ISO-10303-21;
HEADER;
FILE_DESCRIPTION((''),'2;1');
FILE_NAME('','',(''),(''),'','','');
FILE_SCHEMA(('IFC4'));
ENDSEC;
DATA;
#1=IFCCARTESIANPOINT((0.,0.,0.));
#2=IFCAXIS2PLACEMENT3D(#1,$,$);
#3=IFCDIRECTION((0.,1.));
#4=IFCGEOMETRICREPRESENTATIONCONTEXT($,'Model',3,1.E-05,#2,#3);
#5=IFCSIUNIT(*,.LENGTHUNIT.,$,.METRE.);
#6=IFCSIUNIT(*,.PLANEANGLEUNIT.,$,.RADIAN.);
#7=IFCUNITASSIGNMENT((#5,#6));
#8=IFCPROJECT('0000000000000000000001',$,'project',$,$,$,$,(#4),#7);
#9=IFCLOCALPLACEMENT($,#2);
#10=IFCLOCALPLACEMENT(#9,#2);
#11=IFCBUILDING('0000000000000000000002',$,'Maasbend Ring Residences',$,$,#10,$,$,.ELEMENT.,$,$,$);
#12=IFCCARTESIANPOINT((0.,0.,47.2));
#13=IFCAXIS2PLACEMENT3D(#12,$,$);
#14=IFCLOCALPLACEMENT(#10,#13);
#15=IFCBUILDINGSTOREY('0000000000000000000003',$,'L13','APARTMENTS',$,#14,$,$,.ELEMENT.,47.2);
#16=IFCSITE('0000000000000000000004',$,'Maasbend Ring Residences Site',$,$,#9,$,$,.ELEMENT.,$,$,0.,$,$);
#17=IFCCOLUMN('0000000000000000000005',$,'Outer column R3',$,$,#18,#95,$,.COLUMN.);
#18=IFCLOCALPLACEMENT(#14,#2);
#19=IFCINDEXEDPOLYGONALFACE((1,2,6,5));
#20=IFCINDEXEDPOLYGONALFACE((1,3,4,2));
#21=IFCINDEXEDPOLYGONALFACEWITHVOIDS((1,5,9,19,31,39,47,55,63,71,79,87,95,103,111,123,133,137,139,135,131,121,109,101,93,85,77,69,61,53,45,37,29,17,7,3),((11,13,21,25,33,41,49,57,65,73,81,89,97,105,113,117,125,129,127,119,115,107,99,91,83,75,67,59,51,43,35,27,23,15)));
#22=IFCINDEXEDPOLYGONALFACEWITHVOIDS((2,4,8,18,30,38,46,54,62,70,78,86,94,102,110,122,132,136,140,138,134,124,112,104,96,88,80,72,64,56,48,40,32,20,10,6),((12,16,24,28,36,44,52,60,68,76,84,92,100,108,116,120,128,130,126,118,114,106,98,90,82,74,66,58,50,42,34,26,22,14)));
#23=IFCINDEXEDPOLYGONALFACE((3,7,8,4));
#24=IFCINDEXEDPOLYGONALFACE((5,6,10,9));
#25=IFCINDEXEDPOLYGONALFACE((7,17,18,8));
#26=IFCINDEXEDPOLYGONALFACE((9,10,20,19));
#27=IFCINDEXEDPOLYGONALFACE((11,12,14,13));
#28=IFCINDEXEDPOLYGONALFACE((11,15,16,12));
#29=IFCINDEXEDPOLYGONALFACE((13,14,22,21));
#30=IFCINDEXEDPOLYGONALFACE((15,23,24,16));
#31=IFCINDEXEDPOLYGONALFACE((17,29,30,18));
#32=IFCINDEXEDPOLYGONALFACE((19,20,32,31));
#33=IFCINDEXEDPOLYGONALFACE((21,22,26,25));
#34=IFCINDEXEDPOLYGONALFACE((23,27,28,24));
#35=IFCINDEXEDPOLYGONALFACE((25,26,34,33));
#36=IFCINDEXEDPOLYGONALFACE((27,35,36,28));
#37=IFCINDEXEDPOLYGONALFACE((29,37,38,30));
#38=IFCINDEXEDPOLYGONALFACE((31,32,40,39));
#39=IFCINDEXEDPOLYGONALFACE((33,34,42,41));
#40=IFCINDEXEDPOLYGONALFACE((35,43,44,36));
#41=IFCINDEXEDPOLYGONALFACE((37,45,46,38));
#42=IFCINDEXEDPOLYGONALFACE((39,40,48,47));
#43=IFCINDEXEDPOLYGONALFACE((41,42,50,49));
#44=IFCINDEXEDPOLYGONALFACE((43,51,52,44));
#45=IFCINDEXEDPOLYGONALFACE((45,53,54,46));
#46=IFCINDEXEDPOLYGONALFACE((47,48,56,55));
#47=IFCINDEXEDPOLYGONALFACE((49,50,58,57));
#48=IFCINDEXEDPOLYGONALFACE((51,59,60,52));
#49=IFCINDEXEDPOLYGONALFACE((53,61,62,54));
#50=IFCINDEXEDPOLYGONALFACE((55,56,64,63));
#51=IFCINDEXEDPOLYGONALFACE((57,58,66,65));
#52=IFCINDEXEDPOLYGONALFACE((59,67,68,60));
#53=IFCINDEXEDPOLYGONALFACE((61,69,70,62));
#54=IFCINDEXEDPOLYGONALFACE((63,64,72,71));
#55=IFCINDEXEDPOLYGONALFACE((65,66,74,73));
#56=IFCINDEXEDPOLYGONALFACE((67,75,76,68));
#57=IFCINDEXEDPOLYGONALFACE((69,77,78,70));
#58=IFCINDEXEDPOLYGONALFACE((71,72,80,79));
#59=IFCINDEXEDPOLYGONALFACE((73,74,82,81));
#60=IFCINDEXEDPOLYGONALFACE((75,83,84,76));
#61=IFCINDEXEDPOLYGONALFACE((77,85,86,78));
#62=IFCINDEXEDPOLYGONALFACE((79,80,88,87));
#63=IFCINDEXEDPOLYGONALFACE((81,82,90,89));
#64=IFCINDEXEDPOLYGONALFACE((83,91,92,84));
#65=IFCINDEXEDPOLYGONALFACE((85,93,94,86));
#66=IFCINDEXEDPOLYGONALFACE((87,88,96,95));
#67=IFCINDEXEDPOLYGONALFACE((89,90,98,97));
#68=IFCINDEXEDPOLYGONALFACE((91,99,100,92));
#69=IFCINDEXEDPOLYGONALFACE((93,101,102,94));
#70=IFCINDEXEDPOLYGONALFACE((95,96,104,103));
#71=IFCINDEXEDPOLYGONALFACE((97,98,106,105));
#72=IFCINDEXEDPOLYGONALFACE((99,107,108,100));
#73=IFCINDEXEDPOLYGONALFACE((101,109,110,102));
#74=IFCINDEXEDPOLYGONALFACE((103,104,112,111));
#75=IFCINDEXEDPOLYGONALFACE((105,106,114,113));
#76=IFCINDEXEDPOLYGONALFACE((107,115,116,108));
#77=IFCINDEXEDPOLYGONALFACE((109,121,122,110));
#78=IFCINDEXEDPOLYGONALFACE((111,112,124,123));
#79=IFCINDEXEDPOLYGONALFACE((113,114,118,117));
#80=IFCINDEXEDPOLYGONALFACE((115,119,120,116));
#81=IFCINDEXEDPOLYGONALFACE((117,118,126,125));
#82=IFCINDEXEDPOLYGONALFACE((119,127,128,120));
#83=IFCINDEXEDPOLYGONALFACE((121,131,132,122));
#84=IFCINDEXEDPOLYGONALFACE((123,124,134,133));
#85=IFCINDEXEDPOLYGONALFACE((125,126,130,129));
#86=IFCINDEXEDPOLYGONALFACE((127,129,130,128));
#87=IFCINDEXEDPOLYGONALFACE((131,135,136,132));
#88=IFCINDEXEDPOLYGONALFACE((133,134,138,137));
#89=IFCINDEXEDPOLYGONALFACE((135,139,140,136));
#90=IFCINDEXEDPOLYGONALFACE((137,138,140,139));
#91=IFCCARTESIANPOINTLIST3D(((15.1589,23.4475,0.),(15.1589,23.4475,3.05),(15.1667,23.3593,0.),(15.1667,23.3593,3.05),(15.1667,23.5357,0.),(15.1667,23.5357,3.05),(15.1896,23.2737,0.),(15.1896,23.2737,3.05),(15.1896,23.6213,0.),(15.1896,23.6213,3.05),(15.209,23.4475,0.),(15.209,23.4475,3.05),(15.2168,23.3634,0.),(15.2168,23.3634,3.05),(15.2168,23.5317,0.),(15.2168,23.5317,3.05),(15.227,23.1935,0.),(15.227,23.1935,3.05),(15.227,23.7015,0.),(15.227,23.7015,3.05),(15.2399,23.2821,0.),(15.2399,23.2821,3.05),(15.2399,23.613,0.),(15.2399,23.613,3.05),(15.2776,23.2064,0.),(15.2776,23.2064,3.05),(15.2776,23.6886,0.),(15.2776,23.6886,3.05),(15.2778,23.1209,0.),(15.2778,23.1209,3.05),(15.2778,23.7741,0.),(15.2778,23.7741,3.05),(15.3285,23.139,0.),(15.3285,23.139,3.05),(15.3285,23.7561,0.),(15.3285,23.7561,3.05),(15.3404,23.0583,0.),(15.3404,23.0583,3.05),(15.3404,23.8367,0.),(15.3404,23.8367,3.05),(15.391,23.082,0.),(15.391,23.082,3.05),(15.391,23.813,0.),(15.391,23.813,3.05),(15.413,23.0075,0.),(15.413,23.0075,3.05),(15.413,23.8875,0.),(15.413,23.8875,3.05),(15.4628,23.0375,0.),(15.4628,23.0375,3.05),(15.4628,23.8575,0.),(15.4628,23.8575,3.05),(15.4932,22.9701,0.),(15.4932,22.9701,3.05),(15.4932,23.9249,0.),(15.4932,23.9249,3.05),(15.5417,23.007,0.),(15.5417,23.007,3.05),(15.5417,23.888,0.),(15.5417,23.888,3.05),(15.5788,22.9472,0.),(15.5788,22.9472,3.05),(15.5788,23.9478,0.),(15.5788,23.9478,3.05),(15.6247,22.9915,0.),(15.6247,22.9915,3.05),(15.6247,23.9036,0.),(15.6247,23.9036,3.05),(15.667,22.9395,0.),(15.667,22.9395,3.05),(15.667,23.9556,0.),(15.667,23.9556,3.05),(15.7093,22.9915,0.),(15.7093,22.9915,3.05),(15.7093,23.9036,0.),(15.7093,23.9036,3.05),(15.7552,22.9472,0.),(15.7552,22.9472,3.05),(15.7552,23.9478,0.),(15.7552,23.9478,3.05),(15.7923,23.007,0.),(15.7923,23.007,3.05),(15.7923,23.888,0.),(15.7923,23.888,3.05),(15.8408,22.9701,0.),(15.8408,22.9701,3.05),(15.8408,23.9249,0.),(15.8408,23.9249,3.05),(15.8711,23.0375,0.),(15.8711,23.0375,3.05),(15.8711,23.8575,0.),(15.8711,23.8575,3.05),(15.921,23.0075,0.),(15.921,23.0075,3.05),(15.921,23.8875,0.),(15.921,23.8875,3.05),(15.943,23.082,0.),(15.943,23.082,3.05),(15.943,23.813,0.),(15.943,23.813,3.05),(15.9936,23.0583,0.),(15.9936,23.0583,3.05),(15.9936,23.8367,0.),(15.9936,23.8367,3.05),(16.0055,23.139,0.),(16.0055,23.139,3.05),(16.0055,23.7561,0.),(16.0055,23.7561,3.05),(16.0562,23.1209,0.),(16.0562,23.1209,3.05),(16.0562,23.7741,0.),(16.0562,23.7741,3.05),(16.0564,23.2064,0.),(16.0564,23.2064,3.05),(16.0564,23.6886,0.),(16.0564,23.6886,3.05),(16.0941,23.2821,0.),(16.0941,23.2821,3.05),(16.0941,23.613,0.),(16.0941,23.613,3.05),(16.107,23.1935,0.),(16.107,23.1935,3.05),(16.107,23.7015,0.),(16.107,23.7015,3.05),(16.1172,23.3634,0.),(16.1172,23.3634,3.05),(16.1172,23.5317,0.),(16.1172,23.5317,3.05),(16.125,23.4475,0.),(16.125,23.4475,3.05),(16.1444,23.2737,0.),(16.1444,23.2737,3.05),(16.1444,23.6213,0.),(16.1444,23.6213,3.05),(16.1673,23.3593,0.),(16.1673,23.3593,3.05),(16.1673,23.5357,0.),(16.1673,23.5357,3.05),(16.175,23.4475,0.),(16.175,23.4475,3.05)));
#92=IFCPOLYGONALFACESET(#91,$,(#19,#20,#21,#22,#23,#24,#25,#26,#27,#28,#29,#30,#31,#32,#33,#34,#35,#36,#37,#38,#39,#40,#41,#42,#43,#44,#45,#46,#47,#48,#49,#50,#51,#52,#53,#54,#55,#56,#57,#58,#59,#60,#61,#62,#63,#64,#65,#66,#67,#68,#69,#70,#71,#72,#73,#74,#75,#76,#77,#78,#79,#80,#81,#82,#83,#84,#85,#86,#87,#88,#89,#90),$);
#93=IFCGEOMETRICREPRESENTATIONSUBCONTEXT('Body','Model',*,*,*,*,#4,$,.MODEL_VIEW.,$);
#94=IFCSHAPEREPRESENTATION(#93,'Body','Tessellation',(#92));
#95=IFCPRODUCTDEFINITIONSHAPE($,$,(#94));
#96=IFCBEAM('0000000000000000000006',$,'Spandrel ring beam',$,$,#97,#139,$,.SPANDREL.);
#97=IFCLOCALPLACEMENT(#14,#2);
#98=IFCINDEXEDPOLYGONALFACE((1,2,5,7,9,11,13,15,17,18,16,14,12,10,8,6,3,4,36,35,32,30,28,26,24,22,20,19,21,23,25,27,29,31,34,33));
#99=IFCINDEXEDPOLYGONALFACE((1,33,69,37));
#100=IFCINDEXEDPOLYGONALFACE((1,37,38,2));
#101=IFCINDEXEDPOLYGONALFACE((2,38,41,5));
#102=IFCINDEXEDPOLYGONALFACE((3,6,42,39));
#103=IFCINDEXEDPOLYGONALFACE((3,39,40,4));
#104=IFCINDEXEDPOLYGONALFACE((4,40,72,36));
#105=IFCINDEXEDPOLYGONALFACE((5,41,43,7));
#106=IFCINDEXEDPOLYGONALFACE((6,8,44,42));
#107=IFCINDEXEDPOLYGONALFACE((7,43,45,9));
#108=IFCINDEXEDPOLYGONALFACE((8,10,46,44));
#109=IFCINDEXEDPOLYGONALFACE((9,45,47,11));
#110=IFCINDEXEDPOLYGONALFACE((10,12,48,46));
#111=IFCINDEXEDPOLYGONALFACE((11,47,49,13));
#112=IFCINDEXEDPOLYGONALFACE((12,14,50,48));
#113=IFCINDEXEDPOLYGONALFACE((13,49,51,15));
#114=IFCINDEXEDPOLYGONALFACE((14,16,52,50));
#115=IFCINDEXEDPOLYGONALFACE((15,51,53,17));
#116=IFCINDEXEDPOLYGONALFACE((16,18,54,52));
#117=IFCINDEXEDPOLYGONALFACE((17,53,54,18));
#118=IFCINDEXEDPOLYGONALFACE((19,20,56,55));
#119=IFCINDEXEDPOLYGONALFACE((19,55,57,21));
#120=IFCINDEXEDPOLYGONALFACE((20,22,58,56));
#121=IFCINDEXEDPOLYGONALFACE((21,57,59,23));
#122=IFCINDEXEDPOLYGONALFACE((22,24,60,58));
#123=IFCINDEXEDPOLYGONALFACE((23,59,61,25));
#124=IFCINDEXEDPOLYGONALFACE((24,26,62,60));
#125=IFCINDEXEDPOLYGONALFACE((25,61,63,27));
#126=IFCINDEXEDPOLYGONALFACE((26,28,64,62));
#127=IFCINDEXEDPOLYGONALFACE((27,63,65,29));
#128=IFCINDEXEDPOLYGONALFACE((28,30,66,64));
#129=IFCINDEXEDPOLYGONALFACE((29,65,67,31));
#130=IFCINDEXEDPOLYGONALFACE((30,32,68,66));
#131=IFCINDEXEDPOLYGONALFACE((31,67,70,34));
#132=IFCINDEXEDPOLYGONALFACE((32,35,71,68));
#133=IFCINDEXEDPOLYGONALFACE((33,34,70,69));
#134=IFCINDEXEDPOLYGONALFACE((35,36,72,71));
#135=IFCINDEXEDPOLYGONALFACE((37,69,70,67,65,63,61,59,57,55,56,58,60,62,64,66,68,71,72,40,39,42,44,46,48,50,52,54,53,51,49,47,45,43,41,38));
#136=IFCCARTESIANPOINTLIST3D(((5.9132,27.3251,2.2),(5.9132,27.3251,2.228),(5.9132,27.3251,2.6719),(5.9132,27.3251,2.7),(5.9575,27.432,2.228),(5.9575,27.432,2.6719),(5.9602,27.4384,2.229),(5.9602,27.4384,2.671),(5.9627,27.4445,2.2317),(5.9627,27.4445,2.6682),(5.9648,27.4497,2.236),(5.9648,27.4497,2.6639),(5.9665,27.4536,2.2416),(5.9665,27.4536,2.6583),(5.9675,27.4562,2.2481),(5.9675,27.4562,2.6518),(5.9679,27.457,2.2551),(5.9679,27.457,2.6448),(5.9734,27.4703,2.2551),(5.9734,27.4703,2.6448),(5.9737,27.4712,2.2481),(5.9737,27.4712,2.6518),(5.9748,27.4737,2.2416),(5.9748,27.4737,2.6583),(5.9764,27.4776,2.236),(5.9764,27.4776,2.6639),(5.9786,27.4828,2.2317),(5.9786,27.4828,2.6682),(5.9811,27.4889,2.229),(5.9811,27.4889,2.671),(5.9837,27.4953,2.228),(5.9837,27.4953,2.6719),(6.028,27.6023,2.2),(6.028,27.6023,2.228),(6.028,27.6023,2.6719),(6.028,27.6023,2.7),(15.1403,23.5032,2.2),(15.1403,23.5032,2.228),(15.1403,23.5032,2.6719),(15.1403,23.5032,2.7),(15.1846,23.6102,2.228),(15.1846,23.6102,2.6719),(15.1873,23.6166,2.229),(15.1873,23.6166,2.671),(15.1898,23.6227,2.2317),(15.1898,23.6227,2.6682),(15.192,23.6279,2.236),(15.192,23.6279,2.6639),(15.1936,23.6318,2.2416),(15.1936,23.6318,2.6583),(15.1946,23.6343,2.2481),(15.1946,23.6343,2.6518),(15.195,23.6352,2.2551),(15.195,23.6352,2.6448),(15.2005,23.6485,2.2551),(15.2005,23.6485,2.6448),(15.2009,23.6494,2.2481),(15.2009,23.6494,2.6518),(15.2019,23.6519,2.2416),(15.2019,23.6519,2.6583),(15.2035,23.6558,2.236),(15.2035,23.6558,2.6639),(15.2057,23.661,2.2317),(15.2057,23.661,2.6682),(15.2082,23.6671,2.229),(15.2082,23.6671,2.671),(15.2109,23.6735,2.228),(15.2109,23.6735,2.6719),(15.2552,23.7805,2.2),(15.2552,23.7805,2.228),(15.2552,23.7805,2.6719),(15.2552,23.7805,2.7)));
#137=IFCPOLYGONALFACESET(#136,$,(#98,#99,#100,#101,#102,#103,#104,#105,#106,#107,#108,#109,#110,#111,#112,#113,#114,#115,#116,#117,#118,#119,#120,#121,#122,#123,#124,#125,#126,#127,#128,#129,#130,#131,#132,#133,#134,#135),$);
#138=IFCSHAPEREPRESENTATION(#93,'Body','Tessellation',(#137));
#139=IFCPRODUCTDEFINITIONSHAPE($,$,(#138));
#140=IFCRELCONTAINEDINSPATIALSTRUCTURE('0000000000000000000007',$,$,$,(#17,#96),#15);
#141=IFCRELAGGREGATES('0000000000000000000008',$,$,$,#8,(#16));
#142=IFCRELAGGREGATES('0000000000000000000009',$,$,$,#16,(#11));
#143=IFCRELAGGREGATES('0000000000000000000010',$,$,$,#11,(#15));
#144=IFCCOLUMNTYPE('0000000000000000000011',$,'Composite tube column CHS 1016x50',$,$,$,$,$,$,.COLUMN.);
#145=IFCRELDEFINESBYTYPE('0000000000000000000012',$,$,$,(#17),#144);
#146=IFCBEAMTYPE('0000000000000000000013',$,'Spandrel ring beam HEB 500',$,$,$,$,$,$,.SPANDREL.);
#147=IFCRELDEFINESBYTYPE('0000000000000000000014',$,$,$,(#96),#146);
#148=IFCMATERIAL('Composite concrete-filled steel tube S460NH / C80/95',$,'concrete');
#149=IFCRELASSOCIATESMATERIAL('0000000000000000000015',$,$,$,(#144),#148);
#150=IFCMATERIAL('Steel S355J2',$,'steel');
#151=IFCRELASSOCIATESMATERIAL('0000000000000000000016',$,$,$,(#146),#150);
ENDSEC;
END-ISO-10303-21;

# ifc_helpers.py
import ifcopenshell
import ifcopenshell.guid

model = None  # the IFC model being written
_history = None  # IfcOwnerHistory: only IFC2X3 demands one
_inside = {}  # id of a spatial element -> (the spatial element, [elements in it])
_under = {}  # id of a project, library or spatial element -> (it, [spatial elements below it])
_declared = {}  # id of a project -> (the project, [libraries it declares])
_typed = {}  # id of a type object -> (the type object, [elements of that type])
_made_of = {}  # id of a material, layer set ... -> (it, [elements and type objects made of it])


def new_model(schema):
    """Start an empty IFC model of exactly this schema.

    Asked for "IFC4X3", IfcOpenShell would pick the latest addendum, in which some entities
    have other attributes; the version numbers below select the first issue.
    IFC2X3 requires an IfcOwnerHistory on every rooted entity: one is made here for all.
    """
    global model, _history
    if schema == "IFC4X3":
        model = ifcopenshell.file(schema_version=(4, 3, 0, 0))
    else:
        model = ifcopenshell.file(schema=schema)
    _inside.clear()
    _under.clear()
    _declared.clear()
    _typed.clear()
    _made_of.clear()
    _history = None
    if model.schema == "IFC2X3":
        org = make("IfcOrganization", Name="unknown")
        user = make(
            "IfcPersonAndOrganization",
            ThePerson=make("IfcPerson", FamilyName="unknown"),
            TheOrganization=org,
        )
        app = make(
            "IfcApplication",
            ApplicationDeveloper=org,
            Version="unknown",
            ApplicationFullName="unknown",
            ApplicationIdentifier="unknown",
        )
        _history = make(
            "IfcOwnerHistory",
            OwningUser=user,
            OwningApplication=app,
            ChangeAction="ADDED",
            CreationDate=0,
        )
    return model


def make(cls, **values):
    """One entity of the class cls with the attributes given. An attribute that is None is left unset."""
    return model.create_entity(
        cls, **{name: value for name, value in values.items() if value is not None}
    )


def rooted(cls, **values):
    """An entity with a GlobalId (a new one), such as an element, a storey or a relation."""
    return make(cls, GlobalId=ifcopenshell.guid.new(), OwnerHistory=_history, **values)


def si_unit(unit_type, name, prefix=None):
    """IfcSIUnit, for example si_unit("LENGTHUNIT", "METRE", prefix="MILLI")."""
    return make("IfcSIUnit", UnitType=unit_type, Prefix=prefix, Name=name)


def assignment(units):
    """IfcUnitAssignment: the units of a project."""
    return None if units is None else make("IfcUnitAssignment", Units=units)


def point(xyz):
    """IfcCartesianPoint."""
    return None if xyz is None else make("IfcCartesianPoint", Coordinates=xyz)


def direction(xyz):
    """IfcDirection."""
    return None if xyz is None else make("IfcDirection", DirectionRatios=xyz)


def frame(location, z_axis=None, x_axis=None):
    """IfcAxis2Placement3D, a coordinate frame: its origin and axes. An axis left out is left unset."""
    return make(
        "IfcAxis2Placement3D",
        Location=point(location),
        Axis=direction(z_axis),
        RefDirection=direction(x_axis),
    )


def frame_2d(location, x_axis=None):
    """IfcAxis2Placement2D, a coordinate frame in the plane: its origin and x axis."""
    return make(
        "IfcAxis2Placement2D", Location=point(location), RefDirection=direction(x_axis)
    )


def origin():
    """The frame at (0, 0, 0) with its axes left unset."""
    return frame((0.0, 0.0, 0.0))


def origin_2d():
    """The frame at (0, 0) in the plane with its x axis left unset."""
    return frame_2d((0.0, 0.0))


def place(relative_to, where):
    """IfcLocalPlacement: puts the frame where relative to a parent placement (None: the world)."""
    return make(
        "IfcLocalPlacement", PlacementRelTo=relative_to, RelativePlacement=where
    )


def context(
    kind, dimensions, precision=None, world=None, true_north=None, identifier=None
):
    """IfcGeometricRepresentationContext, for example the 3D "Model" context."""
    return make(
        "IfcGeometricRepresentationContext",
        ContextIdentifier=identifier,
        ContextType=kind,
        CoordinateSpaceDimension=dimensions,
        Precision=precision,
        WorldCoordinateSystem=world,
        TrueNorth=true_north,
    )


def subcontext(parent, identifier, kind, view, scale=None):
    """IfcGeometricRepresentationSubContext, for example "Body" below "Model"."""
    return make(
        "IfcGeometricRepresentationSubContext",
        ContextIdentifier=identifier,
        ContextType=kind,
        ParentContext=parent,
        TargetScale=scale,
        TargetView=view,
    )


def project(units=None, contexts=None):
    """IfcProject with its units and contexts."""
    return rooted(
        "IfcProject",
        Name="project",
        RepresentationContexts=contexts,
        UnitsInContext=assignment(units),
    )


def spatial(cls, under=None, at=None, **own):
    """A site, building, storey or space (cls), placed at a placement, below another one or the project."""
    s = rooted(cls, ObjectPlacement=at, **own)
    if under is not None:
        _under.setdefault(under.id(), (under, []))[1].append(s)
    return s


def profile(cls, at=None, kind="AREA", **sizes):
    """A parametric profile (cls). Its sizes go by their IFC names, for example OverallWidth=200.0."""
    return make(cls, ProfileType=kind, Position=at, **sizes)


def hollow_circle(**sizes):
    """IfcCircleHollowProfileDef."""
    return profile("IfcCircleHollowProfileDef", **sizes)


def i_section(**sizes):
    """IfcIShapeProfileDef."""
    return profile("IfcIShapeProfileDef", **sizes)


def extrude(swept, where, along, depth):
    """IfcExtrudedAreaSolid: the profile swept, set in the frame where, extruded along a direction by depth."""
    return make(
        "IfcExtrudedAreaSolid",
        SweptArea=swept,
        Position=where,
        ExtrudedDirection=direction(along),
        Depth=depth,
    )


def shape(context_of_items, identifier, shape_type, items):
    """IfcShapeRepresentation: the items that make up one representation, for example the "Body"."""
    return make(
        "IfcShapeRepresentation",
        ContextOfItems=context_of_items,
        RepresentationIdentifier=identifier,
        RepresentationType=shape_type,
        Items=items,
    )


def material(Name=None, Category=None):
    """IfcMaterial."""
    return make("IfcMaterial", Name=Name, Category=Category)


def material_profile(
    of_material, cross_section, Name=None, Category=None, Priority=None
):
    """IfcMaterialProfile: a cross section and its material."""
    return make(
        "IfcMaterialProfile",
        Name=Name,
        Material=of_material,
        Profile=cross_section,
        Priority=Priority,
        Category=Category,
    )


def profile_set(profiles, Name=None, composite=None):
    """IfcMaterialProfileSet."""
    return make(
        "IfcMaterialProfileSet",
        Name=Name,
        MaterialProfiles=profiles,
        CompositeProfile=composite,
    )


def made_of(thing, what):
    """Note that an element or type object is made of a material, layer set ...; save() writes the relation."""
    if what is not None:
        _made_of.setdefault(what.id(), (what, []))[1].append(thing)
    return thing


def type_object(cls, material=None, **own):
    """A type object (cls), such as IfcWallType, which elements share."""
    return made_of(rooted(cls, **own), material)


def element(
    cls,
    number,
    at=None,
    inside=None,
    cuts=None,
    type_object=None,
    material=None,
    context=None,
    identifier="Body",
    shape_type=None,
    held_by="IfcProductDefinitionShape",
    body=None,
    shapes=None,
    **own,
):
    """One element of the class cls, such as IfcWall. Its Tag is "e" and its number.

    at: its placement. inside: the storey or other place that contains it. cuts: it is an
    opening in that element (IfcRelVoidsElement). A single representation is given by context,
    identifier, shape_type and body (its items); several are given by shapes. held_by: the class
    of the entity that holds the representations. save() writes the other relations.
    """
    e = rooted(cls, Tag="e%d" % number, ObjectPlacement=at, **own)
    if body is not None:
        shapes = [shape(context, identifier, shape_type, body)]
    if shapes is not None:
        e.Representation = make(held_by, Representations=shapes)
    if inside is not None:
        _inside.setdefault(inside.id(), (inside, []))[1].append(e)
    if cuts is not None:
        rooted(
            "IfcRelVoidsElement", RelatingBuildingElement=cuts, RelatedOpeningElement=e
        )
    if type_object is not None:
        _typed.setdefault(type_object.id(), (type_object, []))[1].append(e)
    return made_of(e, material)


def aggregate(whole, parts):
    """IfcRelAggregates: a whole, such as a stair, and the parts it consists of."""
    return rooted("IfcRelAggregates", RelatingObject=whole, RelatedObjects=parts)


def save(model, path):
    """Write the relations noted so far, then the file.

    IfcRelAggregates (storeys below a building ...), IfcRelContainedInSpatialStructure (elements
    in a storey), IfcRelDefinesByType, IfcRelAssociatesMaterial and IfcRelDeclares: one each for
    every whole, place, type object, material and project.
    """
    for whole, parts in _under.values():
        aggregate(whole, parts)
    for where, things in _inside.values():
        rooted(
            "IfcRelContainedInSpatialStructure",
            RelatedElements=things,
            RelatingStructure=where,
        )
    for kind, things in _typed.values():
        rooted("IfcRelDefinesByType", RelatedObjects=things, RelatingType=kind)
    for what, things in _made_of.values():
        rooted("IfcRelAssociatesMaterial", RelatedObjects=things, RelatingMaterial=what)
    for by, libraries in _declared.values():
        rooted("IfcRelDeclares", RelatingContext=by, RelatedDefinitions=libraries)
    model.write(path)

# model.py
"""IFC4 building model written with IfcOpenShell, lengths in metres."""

from ifc_helpers import new_model, si_unit, direction, frame, origin, origin_2d, place, context, subcontext, project, spatial, hollow_circle, i_section, extrude, material, material_profile, profile_set, type_object, element, save


model = new_model("IFC4")

# Units and contexts
model_context = context("Model", 3, precision=1e-05, world=origin(), true_north=direction((0.0, 1.0)))
body_context = subcontext(model_context, "Body", "Model", "MODEL_VIEW")
ifc_project = project(units=[si_unit("LENGTHUNIT", "METRE"), si_unit("PLANEANGLEUNIT", "RADIAN")], contexts=[model_context])

# Site, building, storey
site_placement = place(None, origin())
site = spatial("IfcSite", under=ifc_project, at=site_placement, Name="Maasbend Ring Residences Site", CompositionType="ELEMENT", RefElevation=0.0)
building_placement = place(site_placement, origin())
building = spatial("IfcBuilding", under=site, at=building_placement, Name="Maasbend Ring Residences", CompositionType="ELEMENT")
storey_placement = place(building_placement, frame((0.0, 0.0, 47.2)))
storey = spatial("IfcBuildingStorey", under=building, at=storey_placement, Name="L13", Description="APARTMENTS", CompositionType="ELEMENT", Elevation=47.2)

# Column
ifc_material_1 = material(Name="Composite concrete-filled steel tube S460NH / C80/95", Category="concrete")
ifc_material_profile_1 = material_profile(ifc_material_1, hollow_circle(Radius=0.5081, WallThickness=0.05, at=origin_2d()), Name="Composite tube column CHS 1016x50")
ifc_profile_set_1 = profile_set([ifc_material_profile_1], Name="Composite concrete-filled steel tube S460NH / C80/95")
column_type = type_object("IfcColumnType", Name="Composite tube column CHS 1016x50", PredefinedType="COLUMN", material=ifc_profile_set_1)
column_placement = place(storey_placement, frame((15.667, 23.4475, 0.0), z_axis=(0.0, 0.0, 1.0), x_axis=(1.0, 0.0, 0.0)))
element("IfcColumn", 1, at=column_placement, inside=storey, type_object=column_type, Name="Outer column R3", PredefinedType="COLUMN", context=body_context, shape_type="SweptSolid", body=[
    extrude(hollow_circle(Radius=0.5081, WallThickness=0.05, at=origin_2d()), origin(), (0.0, 0.0, 1.0), 3.05),
])

# Beam
ifc_material_2 = material(Name="Steel S355J2", Category="steel")
ifc_material_profile_2 = material_profile(ifc_material_2, i_section(OverallWidth=0.3, OverallDepth=0.5, WebThickness=0.0144, FlangeThickness=0.0281, FilletRadius=0.0271, at=origin_2d()), Name="HEB 500")
ifc_profile_set_2 = profile_set([ifc_material_profile_2], Name="Steel S355J2")
beam_type = type_object("IfcBeamType", Name="Spandrel ring beam HEB 500", PredefinedType="SPANDREL", material=ifc_profile_set_2)
beam_placement = place(storey_placement, frame((15.1978, 23.6418, 2.45), z_axis=(-0.923886, 0.382667, 0.0), x_axis=(-0.382667, -0.923886, 0.0)))
element("IfcBeam", 2, at=beam_placement, inside=storey, type_object=beam_type, Name="Spandrel ring beam", PredefinedType="SPANDREL", context=body_context, shape_type="SweptSolid", body=[
    extrude(i_section(OverallWidth=0.3, OverallDepth=0.5, WebThickness=0.0144, FlangeThickness=0.0281, FilletRadius=0.0271, at=origin_2d()), origin(), (0.0, 0.0, 1.0), 9.9873),
])

save(model, "model.ifc")
